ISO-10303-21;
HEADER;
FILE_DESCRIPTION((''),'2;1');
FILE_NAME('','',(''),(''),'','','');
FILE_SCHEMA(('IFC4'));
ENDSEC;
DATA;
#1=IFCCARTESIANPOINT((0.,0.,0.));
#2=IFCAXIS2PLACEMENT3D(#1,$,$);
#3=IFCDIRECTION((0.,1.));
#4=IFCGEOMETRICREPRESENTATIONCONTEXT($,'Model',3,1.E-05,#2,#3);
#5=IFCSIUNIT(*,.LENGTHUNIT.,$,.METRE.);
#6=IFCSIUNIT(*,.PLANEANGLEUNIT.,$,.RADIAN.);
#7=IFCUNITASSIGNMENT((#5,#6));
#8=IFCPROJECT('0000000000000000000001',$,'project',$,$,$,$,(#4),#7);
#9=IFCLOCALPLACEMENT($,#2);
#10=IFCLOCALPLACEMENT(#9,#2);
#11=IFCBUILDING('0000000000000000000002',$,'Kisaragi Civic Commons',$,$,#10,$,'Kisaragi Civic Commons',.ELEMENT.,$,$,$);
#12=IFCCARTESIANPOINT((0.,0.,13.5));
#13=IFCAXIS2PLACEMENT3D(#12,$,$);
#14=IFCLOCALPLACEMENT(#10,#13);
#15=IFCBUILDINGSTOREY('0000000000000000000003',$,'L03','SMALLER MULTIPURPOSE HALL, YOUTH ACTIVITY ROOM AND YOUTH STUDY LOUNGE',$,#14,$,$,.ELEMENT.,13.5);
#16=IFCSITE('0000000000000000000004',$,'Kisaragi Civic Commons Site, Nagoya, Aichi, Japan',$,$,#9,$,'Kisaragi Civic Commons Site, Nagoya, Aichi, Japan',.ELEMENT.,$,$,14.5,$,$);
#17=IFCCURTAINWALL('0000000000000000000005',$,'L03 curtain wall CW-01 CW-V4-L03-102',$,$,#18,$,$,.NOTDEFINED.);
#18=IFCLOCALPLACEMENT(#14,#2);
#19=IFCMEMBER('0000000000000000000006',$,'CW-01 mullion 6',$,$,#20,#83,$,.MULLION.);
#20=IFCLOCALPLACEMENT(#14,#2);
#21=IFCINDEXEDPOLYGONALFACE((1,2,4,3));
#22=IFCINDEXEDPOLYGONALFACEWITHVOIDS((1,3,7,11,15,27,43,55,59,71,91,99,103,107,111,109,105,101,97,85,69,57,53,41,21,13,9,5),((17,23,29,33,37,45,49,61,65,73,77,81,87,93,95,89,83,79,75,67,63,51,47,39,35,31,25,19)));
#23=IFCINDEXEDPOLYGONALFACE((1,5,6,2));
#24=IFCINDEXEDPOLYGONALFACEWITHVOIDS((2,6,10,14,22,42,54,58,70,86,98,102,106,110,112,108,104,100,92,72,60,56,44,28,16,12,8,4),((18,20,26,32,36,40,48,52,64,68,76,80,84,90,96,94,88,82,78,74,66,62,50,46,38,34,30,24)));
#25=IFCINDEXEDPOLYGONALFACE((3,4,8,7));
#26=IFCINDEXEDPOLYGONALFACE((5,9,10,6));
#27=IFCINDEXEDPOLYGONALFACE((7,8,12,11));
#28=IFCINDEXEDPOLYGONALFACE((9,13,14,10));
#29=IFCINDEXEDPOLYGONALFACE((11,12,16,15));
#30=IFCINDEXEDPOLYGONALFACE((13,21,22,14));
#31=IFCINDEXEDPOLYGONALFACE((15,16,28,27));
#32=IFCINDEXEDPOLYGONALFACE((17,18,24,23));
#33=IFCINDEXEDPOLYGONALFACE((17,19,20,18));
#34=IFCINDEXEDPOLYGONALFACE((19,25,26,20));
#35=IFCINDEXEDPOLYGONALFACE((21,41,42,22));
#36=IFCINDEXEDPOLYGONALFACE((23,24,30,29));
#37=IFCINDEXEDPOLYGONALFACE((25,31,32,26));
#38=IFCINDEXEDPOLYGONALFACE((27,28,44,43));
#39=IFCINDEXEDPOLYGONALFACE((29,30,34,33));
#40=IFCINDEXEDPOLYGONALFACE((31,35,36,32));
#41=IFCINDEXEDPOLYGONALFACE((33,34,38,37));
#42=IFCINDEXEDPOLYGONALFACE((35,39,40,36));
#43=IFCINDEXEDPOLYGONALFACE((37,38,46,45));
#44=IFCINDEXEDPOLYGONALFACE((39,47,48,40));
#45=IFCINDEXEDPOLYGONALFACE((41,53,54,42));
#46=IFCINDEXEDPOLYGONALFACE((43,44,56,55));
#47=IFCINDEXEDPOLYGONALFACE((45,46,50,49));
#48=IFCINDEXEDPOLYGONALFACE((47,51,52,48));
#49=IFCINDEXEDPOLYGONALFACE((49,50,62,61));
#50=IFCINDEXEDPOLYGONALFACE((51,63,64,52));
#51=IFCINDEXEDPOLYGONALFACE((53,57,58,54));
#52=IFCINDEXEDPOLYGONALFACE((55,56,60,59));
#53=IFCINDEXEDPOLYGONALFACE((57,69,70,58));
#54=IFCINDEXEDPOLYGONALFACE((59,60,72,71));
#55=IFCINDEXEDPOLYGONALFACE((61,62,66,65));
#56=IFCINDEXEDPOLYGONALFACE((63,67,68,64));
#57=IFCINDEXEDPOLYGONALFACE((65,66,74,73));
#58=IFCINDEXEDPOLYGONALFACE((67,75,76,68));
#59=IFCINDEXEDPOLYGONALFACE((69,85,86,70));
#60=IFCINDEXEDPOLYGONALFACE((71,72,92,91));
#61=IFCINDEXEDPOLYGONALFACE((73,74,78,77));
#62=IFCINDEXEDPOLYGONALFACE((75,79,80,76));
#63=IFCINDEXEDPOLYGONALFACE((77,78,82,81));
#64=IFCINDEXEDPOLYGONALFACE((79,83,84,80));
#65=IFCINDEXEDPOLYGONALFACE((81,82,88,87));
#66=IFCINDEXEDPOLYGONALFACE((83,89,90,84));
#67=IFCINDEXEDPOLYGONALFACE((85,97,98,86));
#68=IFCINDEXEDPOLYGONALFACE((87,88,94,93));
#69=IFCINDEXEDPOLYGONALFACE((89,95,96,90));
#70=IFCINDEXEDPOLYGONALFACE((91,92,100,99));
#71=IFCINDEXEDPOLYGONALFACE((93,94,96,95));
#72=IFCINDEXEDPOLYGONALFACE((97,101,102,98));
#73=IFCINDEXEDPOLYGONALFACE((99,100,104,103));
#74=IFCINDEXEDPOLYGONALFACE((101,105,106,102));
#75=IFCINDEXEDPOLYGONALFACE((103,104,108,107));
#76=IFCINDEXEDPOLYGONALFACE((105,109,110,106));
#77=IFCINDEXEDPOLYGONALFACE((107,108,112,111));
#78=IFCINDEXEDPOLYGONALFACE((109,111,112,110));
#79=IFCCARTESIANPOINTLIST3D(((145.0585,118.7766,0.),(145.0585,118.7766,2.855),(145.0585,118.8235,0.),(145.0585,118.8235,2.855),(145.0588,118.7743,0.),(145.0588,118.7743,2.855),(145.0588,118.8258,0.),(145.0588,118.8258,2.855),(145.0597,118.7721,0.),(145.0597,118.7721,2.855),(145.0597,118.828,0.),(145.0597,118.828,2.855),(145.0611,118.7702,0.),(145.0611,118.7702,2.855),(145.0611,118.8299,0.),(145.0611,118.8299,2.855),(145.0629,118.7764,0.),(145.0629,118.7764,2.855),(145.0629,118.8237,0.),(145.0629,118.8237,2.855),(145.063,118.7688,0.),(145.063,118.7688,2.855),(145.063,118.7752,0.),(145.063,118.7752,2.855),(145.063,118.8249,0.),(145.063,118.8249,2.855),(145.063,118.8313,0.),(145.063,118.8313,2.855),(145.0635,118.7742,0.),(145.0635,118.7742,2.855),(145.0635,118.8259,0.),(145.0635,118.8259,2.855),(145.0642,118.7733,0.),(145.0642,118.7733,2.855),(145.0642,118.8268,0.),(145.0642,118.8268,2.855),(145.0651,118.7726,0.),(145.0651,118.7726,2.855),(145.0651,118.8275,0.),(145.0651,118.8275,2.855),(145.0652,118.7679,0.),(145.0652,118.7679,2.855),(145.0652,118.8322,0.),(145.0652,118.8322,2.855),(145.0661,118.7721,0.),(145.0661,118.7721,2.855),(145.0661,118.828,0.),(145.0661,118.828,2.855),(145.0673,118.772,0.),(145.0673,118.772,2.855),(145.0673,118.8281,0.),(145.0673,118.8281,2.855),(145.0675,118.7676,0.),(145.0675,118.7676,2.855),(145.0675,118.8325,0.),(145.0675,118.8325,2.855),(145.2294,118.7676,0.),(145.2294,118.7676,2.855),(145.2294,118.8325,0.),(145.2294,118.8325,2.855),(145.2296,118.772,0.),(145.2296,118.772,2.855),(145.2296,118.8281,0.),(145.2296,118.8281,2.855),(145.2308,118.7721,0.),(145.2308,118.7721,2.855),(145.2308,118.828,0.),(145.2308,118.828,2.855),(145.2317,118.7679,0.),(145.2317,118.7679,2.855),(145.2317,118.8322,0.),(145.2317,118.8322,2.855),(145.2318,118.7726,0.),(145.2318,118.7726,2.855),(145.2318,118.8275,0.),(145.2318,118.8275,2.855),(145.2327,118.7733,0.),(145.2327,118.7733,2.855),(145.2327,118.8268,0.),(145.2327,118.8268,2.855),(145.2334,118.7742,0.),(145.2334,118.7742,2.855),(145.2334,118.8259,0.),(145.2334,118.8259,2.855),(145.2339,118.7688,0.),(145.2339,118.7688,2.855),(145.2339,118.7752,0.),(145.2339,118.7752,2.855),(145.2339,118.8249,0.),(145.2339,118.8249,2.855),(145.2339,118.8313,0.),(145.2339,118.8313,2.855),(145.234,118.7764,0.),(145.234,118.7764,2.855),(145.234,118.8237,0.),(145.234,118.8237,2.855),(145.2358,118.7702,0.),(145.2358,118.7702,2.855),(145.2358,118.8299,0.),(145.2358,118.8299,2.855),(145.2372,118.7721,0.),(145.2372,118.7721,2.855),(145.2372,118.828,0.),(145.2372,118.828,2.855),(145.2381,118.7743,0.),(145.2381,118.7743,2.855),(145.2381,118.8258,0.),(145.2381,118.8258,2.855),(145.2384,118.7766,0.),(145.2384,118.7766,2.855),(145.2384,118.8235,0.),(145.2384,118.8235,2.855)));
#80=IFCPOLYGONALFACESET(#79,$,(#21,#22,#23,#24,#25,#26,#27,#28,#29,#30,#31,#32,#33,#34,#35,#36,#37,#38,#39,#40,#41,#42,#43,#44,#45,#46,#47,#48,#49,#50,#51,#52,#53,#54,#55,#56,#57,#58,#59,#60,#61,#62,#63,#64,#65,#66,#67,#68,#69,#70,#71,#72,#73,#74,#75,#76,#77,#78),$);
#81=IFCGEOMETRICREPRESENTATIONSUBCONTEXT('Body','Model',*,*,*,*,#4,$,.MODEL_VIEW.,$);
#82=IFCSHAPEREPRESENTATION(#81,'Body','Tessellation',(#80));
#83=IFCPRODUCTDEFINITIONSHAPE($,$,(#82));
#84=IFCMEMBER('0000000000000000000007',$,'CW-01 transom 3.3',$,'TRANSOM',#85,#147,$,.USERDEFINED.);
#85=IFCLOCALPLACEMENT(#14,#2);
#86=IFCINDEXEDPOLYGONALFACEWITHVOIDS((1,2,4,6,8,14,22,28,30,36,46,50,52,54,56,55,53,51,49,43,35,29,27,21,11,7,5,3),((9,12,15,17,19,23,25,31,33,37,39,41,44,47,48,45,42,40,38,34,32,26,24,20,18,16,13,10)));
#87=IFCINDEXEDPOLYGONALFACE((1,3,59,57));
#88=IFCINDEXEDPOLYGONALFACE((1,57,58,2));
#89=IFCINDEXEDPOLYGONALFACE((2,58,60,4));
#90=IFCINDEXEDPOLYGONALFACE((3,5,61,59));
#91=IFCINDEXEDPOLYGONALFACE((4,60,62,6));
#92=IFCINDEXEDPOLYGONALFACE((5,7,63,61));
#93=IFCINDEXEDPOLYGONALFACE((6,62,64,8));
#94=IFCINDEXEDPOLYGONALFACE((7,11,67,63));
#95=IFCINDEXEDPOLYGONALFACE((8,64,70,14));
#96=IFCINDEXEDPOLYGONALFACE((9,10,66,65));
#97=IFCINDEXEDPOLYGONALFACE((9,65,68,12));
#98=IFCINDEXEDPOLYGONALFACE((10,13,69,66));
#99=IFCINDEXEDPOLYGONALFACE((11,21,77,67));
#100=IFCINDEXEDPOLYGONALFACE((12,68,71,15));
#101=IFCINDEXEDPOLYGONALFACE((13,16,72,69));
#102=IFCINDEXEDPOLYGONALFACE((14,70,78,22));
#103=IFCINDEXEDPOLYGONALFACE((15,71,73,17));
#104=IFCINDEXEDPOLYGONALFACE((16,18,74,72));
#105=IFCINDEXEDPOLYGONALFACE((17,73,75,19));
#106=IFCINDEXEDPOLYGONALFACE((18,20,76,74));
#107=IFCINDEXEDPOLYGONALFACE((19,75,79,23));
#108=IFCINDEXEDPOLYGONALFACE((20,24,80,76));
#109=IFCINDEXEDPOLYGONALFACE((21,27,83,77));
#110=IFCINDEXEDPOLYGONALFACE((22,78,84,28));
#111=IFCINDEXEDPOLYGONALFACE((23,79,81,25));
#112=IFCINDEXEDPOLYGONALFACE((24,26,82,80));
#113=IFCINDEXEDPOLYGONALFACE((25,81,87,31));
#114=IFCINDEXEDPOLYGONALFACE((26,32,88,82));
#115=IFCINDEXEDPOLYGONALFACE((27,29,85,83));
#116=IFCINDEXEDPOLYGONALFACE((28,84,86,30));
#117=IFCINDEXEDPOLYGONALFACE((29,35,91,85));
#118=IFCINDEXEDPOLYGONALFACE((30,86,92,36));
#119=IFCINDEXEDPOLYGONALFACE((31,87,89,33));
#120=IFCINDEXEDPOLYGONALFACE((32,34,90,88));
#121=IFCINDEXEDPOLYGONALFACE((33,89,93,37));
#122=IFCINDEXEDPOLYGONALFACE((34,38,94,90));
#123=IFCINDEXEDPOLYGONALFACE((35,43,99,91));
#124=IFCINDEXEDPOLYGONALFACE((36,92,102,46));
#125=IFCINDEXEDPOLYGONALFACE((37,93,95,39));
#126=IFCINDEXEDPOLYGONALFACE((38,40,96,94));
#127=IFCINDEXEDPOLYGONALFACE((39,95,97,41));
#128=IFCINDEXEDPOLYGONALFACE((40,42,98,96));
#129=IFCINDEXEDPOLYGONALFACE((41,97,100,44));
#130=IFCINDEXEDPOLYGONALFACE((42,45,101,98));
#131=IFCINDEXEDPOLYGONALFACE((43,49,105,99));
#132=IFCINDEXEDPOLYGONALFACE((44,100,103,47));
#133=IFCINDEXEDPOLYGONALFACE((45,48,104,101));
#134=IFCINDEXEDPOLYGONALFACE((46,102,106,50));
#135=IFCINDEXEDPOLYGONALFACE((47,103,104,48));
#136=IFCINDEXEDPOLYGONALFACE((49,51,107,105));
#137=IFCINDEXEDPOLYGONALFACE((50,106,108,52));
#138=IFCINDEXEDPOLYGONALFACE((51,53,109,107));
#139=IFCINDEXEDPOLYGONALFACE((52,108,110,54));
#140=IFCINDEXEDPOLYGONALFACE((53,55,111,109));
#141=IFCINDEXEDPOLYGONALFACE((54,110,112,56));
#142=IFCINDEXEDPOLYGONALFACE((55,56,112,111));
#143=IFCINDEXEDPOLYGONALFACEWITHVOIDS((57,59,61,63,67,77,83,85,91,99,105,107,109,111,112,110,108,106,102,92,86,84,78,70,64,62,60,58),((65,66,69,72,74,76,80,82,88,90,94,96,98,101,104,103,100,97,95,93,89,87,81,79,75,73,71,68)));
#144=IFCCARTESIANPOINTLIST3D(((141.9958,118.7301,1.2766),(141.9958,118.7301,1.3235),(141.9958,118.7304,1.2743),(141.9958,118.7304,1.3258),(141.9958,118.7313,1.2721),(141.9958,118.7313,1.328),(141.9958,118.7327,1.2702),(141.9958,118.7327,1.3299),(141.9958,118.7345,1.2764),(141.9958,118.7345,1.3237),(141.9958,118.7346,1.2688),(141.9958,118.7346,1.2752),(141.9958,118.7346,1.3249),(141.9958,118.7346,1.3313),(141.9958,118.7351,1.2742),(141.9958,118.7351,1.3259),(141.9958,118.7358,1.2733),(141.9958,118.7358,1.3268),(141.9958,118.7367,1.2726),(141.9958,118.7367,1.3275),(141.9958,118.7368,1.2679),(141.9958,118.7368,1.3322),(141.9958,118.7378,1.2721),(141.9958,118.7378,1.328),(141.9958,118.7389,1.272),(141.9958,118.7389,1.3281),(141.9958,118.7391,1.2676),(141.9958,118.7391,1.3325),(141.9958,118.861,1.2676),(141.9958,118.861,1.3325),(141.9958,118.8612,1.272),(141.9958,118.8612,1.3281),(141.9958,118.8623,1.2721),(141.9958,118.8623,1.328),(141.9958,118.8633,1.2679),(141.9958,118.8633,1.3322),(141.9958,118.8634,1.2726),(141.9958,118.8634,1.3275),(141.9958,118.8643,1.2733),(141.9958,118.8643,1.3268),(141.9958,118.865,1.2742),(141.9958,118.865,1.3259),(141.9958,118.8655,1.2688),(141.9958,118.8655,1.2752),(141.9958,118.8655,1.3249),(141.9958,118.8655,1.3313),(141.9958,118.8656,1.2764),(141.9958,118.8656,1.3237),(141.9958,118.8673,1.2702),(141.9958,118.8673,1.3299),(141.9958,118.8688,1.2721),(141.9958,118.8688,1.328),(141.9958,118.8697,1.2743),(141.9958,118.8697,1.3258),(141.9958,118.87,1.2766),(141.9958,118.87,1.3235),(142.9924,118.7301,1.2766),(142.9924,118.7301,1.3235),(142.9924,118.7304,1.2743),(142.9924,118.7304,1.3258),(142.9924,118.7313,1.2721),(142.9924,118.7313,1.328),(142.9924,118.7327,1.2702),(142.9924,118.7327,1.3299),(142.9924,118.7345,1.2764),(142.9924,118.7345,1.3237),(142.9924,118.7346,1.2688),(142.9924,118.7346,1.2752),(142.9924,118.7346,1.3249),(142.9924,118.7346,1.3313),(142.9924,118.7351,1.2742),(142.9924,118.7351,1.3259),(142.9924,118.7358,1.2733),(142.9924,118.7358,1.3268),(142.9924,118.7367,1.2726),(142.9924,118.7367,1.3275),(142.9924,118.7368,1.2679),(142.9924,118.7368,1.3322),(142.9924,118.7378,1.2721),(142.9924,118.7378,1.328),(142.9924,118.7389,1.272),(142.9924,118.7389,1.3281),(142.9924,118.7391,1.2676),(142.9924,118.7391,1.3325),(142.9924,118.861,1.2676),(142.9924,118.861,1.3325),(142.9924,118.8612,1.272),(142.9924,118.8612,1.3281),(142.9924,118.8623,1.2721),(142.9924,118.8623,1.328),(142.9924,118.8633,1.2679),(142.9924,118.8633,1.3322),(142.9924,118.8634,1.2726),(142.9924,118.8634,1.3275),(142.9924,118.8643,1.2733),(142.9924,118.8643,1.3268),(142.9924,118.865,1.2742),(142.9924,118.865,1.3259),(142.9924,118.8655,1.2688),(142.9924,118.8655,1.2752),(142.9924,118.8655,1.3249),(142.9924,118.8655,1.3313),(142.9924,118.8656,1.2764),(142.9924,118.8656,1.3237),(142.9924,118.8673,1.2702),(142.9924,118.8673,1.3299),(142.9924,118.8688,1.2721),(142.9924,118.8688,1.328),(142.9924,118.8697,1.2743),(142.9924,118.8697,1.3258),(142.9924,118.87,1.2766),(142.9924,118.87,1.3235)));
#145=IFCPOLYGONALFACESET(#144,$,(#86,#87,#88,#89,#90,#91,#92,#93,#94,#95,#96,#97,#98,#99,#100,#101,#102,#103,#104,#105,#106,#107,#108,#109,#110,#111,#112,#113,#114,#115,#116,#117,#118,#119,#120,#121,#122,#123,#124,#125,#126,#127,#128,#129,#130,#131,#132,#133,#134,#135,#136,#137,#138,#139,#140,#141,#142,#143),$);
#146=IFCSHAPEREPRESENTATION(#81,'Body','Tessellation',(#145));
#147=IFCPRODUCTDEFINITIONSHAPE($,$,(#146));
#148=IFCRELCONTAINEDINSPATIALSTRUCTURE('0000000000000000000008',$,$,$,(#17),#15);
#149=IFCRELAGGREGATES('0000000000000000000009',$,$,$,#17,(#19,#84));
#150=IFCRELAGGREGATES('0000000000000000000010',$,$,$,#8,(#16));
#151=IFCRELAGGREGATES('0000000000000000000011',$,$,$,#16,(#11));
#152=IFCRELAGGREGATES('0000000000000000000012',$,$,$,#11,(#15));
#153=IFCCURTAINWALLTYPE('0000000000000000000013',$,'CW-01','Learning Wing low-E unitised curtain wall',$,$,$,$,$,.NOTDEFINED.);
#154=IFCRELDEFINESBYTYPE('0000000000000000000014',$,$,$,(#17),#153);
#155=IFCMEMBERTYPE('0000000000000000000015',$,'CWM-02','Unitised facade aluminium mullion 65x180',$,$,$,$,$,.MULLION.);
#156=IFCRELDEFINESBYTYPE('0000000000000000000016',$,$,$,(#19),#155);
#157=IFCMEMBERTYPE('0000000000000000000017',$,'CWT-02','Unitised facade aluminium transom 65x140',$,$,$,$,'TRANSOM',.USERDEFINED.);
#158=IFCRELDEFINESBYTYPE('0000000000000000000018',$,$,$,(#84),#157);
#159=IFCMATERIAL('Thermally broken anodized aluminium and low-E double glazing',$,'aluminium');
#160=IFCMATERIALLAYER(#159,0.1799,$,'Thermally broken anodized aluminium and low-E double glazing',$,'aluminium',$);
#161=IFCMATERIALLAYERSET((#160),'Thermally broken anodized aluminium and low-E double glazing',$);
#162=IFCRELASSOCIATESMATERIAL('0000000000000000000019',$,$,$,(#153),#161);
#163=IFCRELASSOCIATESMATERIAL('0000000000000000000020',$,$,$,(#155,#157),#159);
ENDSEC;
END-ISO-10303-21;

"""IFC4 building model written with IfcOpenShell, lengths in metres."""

from ifc_helpers import new_model, si_unit, direction, frame, origin, origin_2d, place, context, subcontext, project, spatial, hollow_rectangle, extrude, material, layer, layer_set, material_profile, profile_set, type_object, element, aggregate, save


model = new_model("IFC4")

# Units and contexts
model_context = context("Model", 3, precision=1e-05, world=origin(), true_north=direction((0.0, 1.0)))
body_context = subcontext(model_context, "Body", "Model", "MODEL_VIEW")
ifc_project = project(units=[si_unit("LENGTHUNIT", "METRE"), si_unit("PLANEANGLEUNIT", "RADIAN")], contexts=[model_context])

# Site, building, storey
site_placement = place(None, origin())
site = spatial("IfcSite", under=ifc_project, at=site_placement, Name="Kisaragi Civic Commons Site, Nagoya, Aichi, Japan", LongName="Kisaragi Civic Commons Site, Nagoya, Aichi, Japan", CompositionType="ELEMENT", RefElevation=14.5)
building_placement = place(site_placement, origin())
building = spatial("IfcBuilding", under=site, at=building_placement, Name="Kisaragi Civic Commons", LongName="Kisaragi Civic Commons", CompositionType="ELEMENT")
storey_placement = place(building_placement, frame((0.0, 0.0, 13.5)))
storey = spatial("IfcBuildingStorey", under=building, at=storey_placement, Name="L03", Description="SMALLER MULTIPURPOSE HALL, YOUTH ACTIVITY ROOM AND YOUTH STUDY LOUNGE", CompositionType="ELEMENT", Elevation=13.5)

# Curtain wall, members
ifc_material = material(Name="Thermally broken anodized aluminium and low-E double glazing", Category="aluminium")
ifc_layer_1 = layer(ifc_material, 0.1799, Name="Thermally broken anodized aluminium and low-E double glazing", Category="aluminium")
ifc_layer_set_1 = layer_set([ifc_layer_1], Name="Thermally broken anodized aluminium and low-E double glazing")
curtain_wall_type = type_object("IfcCurtainWallType", Name="CW-01", Description="Learning Wing low-E unitised curtain wall", PredefinedType="NOTDEFINED", material=ifc_layer_set_1)
curtain_wall_placement = place(storey_placement, origin())
curtain_wall = element("IfcCurtainWall", 1, at=curtain_wall_placement, inside=storey, type_object=curtain_wall_type, Name="L03 curtain wall CW-01 CW-V4-L03-102", PredefinedType="NOTDEFINED")
ifc_material_profile_1 = material_profile(ifc_material, hollow_rectangle(XDim=0.0649, YDim=0.1799, WallThickness=0.0044, InnerFilletRadius=0.0044, OuterFilletRadius=0.009, at=origin_2d()), Name="CWM-65x180x4.5", Category="aluminium")
ifc_profile_set_1 = profile_set([ifc_material_profile_1], Name="Thermally broken anodized aluminium and low-E double glazing")
member_type_1 = type_object("IfcMemberType", Name="CWM-02", Description="Unitised facade aluminium mullion 65x180", PredefinedType="MULLION", material=ifc_profile_set_1)
member_1_placement = place(storey_placement, frame((145.1484, 118.8, 0.0), z_axis=(0.0, 0.0, 1.0), x_axis=(0.0, 1.0, 0.0)))
member_1 = element("IfcMember", 2, at=member_1_placement, type_object=member_type_1, Name="CW-01 mullion 6", PredefinedType="MULLION", context=body_context, shape_type="SweptSolid", body=[
    extrude(hollow_rectangle(XDim=0.0649, YDim=0.1799, WallThickness=0.0044, InnerFilletRadius=0.0044, OuterFilletRadius=0.009, at=origin_2d()), origin(), (0.0, 0.0, 1.0), 2.855),
])
ifc_material_profile_2 = material_profile(ifc_material, hollow_rectangle(XDim=0.1399, YDim=0.0649, WallThickness=0.0044, InnerFilletRadius=0.0044, OuterFilletRadius=0.009, at=origin_2d()), Name="CWT-65x140x4.5", Category="aluminium")
ifc_profile_set_2 = profile_set([ifc_material_profile_2], Name="Thermally broken anodized aluminium and low-E double glazing")
member_type_2 = type_object("IfcMemberType", Name="CWT-02", Description="Unitised facade aluminium transom 65x140", ElementType="TRANSOM", PredefinedType="USERDEFINED", material=ifc_profile_set_2)
member_2_placement = place(storey_placement, frame((141.9958, 118.8, 1.3), z_axis=(1.0, 0.0, 0.0), x_axis=(0.0, 1.0, 0.0)))
member_2 = element("IfcMember", 3, at=member_2_placement, type_object=member_type_2, Name="CW-01 transom 3.3", ObjectType="TRANSOM", PredefinedType="USERDEFINED", context=body_context, shape_type="SweptSolid", body=[
    extrude(hollow_rectangle(XDim=0.1399, YDim=0.0649, WallThickness=0.0044, InnerFilletRadius=0.0044, OuterFilletRadius=0.009, at=origin_2d()), origin(), (0.0, 0.0, 1.0), 0.9966),
])
aggregate(curtain_wall, [member_1, member_2])

save(model, "model.ifc")
